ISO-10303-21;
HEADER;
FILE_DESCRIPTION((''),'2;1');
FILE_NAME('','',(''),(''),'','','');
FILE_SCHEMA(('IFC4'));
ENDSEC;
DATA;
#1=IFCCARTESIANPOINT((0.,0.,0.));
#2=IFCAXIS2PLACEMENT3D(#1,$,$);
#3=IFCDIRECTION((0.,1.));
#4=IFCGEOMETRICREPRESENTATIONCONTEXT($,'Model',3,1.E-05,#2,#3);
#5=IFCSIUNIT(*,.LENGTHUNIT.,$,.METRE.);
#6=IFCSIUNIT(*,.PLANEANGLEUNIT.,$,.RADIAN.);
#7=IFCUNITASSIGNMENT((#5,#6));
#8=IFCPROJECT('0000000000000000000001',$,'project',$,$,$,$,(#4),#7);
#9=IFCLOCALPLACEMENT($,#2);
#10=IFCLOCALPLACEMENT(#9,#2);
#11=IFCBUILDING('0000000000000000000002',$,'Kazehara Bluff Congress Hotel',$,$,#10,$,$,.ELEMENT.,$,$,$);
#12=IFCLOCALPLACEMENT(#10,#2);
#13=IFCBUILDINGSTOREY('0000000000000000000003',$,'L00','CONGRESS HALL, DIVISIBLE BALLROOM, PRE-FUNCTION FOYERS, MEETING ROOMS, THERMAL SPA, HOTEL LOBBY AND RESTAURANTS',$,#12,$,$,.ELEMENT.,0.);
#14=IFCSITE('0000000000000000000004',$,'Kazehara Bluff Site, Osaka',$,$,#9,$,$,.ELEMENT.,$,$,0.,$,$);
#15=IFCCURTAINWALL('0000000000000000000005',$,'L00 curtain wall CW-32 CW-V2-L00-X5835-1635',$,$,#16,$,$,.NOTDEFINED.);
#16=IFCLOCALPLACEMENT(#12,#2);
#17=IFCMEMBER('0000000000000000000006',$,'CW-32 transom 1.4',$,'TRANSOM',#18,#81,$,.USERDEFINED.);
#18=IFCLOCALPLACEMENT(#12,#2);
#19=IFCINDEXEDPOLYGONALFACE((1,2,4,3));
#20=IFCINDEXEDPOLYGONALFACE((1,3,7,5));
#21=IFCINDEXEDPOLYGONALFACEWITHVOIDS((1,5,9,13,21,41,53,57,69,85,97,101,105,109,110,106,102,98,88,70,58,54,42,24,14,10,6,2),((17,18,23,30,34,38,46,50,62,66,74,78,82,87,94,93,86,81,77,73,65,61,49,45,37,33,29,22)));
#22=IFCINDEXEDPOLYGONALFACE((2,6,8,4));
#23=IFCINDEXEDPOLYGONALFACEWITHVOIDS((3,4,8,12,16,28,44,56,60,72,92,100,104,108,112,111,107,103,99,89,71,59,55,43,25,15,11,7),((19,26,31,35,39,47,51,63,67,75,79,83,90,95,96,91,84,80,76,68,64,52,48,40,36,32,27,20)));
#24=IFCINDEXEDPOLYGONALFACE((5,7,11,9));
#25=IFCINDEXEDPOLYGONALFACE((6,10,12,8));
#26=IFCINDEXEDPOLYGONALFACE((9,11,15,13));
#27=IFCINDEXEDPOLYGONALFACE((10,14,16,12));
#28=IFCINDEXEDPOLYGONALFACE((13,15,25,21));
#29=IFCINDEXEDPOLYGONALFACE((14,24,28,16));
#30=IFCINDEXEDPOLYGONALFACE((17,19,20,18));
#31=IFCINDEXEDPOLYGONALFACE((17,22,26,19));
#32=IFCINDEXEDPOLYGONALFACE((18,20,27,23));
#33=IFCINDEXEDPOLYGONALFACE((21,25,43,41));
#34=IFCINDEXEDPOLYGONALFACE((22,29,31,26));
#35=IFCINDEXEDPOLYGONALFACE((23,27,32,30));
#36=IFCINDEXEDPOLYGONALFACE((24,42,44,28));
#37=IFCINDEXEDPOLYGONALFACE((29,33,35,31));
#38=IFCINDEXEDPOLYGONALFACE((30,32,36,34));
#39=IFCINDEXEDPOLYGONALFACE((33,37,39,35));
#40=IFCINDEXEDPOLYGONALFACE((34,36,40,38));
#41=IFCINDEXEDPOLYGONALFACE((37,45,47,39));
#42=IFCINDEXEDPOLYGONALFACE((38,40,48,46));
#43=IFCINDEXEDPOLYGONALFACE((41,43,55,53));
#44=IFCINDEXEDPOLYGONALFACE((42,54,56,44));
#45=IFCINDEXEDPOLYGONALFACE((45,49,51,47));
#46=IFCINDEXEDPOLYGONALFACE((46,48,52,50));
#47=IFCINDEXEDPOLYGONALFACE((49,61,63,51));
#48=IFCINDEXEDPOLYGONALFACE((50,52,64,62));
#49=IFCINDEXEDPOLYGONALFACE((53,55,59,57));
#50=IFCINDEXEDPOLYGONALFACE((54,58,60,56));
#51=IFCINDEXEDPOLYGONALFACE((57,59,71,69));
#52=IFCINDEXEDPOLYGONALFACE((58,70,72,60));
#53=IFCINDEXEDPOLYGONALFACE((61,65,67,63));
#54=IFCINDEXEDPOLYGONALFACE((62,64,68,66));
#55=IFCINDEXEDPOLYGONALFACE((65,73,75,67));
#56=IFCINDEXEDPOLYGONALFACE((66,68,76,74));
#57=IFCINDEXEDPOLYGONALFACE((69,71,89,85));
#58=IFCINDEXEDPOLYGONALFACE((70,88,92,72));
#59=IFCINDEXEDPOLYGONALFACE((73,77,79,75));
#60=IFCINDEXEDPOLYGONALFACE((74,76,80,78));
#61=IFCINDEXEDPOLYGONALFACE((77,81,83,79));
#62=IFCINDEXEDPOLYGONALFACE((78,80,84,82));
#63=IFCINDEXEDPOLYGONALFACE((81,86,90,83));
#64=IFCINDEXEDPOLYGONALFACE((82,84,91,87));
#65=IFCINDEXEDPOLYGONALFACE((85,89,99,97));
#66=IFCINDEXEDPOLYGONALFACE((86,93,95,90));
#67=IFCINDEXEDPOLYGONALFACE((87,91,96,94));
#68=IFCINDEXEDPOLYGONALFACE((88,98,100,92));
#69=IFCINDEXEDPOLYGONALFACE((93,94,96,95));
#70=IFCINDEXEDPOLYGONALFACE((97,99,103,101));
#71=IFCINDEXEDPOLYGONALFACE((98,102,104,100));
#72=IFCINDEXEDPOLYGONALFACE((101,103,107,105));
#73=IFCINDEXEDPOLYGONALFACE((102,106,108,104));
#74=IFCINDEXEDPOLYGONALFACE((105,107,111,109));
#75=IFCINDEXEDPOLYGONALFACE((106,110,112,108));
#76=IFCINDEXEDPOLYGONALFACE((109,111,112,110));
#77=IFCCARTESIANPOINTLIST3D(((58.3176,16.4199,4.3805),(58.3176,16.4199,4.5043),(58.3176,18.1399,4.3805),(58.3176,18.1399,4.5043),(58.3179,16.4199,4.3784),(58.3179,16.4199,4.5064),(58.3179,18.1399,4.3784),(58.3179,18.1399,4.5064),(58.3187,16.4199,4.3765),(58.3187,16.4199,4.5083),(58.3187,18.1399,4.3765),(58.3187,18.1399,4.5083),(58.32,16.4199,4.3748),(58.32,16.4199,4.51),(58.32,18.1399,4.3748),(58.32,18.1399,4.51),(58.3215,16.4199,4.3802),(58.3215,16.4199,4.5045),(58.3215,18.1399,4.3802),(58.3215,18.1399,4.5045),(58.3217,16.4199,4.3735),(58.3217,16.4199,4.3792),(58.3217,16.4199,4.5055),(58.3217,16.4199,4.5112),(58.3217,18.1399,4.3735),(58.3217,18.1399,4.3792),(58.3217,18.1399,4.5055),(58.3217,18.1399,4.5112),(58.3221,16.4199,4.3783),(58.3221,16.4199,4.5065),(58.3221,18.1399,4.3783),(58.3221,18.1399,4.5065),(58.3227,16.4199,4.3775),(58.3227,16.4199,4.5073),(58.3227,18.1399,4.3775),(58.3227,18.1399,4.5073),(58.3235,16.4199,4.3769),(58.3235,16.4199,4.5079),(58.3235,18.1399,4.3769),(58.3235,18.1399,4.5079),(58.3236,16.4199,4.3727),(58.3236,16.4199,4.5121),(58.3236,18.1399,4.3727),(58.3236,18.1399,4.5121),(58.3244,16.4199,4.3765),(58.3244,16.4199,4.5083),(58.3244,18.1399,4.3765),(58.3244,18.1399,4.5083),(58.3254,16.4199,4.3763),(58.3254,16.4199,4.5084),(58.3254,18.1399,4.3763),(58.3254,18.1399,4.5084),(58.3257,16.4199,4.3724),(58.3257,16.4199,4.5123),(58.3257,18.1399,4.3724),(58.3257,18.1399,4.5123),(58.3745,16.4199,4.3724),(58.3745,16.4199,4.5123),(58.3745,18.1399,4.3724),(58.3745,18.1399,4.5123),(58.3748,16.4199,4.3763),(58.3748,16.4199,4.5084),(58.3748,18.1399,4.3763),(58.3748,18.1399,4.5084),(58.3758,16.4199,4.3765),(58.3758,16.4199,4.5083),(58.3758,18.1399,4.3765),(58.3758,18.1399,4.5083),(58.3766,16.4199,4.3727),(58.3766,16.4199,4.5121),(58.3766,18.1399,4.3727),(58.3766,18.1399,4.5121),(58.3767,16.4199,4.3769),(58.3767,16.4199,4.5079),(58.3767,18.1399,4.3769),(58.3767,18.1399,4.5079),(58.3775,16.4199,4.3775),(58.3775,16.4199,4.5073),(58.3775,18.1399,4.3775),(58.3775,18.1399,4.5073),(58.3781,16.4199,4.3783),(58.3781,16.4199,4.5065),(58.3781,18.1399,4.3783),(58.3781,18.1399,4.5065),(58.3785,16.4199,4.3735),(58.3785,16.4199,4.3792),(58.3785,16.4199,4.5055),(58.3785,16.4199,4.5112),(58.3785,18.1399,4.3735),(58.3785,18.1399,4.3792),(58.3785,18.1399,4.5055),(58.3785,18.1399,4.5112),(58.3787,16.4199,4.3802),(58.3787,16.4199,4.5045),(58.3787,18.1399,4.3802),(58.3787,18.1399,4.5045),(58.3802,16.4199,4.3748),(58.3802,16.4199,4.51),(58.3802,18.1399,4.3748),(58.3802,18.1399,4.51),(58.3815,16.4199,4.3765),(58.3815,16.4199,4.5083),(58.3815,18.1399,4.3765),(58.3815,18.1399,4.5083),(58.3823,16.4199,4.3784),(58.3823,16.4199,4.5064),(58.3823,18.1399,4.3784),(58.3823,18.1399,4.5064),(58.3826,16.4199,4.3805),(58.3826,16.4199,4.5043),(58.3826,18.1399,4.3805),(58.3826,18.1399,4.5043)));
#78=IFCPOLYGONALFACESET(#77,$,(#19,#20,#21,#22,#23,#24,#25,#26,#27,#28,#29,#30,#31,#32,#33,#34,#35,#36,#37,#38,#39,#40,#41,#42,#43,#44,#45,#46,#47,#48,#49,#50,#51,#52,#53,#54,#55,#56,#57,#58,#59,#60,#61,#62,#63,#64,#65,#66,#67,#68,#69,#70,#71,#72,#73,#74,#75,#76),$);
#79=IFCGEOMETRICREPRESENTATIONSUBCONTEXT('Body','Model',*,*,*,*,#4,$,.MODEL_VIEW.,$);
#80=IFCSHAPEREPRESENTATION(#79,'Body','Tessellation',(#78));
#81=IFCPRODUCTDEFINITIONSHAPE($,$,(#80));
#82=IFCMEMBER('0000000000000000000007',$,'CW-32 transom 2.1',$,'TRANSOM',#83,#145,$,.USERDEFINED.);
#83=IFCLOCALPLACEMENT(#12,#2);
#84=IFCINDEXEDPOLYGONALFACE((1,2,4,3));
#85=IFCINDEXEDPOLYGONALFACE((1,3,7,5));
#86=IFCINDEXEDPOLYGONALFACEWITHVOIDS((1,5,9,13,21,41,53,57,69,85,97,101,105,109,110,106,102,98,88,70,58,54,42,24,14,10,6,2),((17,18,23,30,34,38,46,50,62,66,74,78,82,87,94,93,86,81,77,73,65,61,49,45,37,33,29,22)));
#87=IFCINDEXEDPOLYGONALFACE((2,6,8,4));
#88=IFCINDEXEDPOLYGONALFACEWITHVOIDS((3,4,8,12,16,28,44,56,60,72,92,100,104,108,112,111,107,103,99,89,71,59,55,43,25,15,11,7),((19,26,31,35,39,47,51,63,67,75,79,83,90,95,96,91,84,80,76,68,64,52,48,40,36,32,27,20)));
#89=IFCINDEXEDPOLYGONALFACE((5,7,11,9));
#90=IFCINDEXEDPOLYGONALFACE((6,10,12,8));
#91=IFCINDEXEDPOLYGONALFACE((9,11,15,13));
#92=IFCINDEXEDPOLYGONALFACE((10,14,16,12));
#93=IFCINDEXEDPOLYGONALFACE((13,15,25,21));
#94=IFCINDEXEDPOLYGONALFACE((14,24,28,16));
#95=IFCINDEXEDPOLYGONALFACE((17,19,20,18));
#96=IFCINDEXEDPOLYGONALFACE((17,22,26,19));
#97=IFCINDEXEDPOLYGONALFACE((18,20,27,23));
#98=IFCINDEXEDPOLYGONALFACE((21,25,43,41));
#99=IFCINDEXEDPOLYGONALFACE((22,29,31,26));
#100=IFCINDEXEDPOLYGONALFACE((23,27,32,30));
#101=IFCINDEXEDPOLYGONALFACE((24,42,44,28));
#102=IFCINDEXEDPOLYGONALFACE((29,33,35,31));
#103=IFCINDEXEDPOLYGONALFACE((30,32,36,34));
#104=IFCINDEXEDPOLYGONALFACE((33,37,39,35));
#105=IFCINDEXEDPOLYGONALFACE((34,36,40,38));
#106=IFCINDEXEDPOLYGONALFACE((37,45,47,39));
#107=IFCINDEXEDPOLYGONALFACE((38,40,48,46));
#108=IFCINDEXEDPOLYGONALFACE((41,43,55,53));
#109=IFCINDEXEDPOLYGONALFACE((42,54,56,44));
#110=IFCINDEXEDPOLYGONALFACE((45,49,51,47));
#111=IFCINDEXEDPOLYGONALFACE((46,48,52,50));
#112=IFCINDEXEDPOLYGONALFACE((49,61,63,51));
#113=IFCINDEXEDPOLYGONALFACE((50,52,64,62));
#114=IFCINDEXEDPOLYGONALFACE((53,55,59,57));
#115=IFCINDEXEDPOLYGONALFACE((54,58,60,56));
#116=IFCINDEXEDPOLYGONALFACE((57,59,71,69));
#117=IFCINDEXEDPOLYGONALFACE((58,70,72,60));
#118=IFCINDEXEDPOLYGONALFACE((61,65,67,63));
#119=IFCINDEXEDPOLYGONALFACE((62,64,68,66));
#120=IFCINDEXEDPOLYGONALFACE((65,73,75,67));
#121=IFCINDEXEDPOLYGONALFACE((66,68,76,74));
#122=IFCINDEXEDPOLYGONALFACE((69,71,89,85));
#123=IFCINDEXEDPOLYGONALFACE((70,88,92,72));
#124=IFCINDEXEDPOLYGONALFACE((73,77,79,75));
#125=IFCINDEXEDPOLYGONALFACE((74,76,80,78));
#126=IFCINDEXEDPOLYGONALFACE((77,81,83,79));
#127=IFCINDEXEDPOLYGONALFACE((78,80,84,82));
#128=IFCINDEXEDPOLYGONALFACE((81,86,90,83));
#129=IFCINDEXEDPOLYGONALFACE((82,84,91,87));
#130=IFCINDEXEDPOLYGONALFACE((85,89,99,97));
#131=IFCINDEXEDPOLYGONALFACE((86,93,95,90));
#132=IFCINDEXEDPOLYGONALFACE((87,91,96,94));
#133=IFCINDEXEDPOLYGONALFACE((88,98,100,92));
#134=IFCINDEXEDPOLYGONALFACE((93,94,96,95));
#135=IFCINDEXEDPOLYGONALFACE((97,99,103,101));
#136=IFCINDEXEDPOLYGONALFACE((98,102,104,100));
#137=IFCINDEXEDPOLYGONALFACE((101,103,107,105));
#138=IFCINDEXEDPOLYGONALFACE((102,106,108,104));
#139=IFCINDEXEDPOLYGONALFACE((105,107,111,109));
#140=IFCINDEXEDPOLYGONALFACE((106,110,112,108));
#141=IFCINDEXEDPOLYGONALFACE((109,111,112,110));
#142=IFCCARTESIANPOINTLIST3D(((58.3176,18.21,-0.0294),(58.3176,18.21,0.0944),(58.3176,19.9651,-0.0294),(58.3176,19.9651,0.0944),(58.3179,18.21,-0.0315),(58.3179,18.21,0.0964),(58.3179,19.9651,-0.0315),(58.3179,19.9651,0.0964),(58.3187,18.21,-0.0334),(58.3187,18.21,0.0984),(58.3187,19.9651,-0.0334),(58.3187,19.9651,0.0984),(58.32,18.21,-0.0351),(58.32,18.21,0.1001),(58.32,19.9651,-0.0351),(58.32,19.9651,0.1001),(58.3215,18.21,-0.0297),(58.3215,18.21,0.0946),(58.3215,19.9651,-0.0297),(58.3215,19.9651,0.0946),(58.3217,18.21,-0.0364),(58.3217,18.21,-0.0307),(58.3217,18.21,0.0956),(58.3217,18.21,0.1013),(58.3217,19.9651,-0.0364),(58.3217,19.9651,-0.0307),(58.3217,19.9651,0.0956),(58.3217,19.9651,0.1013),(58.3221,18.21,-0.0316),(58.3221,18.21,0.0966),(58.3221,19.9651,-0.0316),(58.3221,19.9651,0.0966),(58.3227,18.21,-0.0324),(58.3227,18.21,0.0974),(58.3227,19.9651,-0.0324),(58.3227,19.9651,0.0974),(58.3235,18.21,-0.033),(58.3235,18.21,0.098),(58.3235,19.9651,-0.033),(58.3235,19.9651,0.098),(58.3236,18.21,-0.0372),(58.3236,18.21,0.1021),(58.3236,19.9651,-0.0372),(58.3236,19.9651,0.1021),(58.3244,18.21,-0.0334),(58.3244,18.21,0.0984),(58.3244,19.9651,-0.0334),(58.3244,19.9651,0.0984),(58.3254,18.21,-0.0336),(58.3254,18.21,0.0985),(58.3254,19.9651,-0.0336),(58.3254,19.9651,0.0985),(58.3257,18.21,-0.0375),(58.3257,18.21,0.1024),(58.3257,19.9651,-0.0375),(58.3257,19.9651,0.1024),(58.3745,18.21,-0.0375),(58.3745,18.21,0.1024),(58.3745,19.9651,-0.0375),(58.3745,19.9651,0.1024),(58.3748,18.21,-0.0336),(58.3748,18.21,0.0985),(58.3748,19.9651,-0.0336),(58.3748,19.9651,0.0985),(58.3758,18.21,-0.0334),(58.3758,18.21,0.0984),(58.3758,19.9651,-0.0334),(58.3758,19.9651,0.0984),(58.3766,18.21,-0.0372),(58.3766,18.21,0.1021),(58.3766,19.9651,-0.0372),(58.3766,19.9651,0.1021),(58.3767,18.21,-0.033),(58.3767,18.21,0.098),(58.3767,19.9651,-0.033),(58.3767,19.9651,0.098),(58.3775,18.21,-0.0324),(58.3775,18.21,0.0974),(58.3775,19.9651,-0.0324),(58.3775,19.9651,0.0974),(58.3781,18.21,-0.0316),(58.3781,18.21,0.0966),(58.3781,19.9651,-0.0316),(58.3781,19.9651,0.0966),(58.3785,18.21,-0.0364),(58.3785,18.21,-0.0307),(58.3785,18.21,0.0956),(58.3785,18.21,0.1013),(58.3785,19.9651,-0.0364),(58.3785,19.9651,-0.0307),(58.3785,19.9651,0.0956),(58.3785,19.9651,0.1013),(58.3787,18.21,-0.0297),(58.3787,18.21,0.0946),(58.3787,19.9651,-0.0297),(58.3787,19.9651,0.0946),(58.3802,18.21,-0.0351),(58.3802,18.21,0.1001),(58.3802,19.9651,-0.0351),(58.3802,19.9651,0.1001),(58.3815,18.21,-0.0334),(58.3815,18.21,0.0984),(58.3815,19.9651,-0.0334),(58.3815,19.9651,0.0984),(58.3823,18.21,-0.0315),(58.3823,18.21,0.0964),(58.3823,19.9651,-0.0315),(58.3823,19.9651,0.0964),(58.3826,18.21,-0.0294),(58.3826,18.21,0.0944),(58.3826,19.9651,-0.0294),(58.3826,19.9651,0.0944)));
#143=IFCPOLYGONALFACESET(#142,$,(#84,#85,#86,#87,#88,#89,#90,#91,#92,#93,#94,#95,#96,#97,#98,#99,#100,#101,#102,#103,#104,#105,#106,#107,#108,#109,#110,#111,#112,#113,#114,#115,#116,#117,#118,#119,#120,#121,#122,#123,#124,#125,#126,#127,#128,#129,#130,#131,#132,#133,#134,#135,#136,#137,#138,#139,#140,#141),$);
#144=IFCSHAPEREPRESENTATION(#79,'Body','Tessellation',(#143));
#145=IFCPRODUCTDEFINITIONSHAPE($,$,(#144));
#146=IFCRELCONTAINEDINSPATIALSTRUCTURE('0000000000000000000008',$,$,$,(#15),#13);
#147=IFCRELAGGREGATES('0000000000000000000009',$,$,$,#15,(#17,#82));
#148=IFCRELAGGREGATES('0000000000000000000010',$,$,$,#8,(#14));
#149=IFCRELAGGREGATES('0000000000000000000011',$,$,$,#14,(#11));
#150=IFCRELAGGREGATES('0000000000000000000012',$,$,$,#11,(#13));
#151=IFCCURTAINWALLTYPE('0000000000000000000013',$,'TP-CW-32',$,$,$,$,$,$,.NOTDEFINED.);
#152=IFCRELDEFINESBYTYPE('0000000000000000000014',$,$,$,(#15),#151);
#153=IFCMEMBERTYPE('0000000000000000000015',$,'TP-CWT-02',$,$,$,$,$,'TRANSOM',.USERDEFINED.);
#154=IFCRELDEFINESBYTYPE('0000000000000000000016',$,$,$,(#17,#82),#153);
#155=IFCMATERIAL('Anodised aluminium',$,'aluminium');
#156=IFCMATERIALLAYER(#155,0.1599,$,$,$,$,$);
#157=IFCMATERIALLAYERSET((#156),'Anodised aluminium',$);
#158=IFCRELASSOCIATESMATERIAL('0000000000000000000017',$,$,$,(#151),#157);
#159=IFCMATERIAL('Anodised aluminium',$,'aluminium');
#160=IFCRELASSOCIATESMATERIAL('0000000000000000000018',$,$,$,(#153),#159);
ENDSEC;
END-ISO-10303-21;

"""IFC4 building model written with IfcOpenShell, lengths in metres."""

from ifc_helpers import new_model, si_unit, direction, frame, origin, origin_2d, place, context, subcontext, project, spatial, hollow_rectangle, extrude, material, layer, layer_set, material_profile, profile_set, type_object, element, aggregate, save


model = new_model("IFC4")

# Units and contexts
model_context = context("Model", 3, precision=1e-05, world=origin(), true_north=direction((0.0, 1.0)))
body_context = subcontext(model_context, "Body", "Model", "MODEL_VIEW")
ifc_project = project(units=[si_unit("LENGTHUNIT", "METRE"), si_unit("PLANEANGLEUNIT", "RADIAN")], contexts=[model_context])

# Site, building, storey
site_placement = place(None, origin())
site = spatial("IfcSite", under=ifc_project, at=site_placement, Name="Kazehara Bluff Site, Osaka", CompositionType="ELEMENT", RefElevation=0.0)
building_placement = place(site_placement, origin())
building = spatial("IfcBuilding", under=site, at=building_placement, Name="Kazehara Bluff Congress Hotel", CompositionType="ELEMENT")
storey_placement = place(building_placement, origin())
storey = spatial("IfcBuildingStorey", under=building, at=storey_placement, Name="L00", Description="CONGRESS HALL, DIVISIBLE BALLROOM, PRE-FUNCTION FOYERS, MEETING ROOMS, THERMAL SPA, HOTEL LOBBY AND RESTAURANTS", CompositionType="ELEMENT", Elevation=0.0)

# Curtain wall, members
ifc_material_1 = material(Name="Anodised aluminium", Category="aluminium")
ifc_layer_1 = layer(ifc_material_1, 0.1599)
ifc_layer_set_1 = layer_set([ifc_layer_1], Name="Anodised aluminium")
curtain_wall_type = type_object("IfcCurtainWallType", Name="TP-CW-32", PredefinedType="NOTDEFINED", material=ifc_layer_set_1)
curtain_wall_placement = place(storey_placement, origin())
curtain_wall = element("IfcCurtainWall", 1, at=curtain_wall_placement, inside=storey, type_object=curtain_wall_type, Name="L00 curtain wall CW-32 CW-V2-L00-X5835-1635", PredefinedType="NOTDEFINED")
ifc_material_2 = material(Name="Anodised aluminium", Category="aluminium")
ifc_material_profile_1 = material_profile(ifc_material_2, hollow_rectangle(XDim=0.0649, YDim=0.1399, WallThickness=0.0039, InnerFilletRadius=0.0039, OuterFilletRadius=0.0081, at=origin_2d()))
ifc_profile_set_1 = profile_set([ifc_material_profile_1], Name="Anodised aluminium")
member_type_1 = type_object("IfcMemberType", Name="TP-CWT-02", ElementType="TRANSOM", PredefinedType="USERDEFINED", material=ifc_profile_set_1)
member_1_placement = place(storey_placement, frame((58.3501, 16.4199, 4.4424), z_axis=(0.0, 1.0, 0.0), x_axis=(-1.0, 0.0, 0.0)))
member_1 = element("IfcMember", 2, at=member_1_placement, type_object=member_type_1, Name="CW-32 transom 1.4", ObjectType="TRANSOM", PredefinedType="USERDEFINED", context=body_context, shape_type="SweptSolid", body=[
    extrude(hollow_rectangle(XDim=0.0649, YDim=0.1399, WallThickness=0.0039, InnerFilletRadius=0.0039, OuterFilletRadius=0.0081, at=origin_2d()), origin(), (0.0, 0.0, 1.0), 1.72),
])
member_2_placement = place(storey_placement, frame((58.3501, 18.21, 0.0325), z_axis=(0.0, 1.0, 0.0), x_axis=(-1.0, 0.0, 0.0)))
member_2 = element("IfcMember", 3, at=member_2_placement, type_object=member_type_1, Name="CW-32 transom 2.1", ObjectType="TRANSOM", PredefinedType="USERDEFINED", context=body_context, shape_type="SweptSolid", body=[
    extrude(hollow_rectangle(XDim=0.0649, YDim=0.1399, WallThickness=0.0039, InnerFilletRadius=0.0039, OuterFilletRadius=0.0081, at=origin_2d()), origin(), (0.0, 0.0, 1.0), 1.7551),
])

aggregate(curtain_wall, [member_1, member_2])

save(model, "model.ifc")
